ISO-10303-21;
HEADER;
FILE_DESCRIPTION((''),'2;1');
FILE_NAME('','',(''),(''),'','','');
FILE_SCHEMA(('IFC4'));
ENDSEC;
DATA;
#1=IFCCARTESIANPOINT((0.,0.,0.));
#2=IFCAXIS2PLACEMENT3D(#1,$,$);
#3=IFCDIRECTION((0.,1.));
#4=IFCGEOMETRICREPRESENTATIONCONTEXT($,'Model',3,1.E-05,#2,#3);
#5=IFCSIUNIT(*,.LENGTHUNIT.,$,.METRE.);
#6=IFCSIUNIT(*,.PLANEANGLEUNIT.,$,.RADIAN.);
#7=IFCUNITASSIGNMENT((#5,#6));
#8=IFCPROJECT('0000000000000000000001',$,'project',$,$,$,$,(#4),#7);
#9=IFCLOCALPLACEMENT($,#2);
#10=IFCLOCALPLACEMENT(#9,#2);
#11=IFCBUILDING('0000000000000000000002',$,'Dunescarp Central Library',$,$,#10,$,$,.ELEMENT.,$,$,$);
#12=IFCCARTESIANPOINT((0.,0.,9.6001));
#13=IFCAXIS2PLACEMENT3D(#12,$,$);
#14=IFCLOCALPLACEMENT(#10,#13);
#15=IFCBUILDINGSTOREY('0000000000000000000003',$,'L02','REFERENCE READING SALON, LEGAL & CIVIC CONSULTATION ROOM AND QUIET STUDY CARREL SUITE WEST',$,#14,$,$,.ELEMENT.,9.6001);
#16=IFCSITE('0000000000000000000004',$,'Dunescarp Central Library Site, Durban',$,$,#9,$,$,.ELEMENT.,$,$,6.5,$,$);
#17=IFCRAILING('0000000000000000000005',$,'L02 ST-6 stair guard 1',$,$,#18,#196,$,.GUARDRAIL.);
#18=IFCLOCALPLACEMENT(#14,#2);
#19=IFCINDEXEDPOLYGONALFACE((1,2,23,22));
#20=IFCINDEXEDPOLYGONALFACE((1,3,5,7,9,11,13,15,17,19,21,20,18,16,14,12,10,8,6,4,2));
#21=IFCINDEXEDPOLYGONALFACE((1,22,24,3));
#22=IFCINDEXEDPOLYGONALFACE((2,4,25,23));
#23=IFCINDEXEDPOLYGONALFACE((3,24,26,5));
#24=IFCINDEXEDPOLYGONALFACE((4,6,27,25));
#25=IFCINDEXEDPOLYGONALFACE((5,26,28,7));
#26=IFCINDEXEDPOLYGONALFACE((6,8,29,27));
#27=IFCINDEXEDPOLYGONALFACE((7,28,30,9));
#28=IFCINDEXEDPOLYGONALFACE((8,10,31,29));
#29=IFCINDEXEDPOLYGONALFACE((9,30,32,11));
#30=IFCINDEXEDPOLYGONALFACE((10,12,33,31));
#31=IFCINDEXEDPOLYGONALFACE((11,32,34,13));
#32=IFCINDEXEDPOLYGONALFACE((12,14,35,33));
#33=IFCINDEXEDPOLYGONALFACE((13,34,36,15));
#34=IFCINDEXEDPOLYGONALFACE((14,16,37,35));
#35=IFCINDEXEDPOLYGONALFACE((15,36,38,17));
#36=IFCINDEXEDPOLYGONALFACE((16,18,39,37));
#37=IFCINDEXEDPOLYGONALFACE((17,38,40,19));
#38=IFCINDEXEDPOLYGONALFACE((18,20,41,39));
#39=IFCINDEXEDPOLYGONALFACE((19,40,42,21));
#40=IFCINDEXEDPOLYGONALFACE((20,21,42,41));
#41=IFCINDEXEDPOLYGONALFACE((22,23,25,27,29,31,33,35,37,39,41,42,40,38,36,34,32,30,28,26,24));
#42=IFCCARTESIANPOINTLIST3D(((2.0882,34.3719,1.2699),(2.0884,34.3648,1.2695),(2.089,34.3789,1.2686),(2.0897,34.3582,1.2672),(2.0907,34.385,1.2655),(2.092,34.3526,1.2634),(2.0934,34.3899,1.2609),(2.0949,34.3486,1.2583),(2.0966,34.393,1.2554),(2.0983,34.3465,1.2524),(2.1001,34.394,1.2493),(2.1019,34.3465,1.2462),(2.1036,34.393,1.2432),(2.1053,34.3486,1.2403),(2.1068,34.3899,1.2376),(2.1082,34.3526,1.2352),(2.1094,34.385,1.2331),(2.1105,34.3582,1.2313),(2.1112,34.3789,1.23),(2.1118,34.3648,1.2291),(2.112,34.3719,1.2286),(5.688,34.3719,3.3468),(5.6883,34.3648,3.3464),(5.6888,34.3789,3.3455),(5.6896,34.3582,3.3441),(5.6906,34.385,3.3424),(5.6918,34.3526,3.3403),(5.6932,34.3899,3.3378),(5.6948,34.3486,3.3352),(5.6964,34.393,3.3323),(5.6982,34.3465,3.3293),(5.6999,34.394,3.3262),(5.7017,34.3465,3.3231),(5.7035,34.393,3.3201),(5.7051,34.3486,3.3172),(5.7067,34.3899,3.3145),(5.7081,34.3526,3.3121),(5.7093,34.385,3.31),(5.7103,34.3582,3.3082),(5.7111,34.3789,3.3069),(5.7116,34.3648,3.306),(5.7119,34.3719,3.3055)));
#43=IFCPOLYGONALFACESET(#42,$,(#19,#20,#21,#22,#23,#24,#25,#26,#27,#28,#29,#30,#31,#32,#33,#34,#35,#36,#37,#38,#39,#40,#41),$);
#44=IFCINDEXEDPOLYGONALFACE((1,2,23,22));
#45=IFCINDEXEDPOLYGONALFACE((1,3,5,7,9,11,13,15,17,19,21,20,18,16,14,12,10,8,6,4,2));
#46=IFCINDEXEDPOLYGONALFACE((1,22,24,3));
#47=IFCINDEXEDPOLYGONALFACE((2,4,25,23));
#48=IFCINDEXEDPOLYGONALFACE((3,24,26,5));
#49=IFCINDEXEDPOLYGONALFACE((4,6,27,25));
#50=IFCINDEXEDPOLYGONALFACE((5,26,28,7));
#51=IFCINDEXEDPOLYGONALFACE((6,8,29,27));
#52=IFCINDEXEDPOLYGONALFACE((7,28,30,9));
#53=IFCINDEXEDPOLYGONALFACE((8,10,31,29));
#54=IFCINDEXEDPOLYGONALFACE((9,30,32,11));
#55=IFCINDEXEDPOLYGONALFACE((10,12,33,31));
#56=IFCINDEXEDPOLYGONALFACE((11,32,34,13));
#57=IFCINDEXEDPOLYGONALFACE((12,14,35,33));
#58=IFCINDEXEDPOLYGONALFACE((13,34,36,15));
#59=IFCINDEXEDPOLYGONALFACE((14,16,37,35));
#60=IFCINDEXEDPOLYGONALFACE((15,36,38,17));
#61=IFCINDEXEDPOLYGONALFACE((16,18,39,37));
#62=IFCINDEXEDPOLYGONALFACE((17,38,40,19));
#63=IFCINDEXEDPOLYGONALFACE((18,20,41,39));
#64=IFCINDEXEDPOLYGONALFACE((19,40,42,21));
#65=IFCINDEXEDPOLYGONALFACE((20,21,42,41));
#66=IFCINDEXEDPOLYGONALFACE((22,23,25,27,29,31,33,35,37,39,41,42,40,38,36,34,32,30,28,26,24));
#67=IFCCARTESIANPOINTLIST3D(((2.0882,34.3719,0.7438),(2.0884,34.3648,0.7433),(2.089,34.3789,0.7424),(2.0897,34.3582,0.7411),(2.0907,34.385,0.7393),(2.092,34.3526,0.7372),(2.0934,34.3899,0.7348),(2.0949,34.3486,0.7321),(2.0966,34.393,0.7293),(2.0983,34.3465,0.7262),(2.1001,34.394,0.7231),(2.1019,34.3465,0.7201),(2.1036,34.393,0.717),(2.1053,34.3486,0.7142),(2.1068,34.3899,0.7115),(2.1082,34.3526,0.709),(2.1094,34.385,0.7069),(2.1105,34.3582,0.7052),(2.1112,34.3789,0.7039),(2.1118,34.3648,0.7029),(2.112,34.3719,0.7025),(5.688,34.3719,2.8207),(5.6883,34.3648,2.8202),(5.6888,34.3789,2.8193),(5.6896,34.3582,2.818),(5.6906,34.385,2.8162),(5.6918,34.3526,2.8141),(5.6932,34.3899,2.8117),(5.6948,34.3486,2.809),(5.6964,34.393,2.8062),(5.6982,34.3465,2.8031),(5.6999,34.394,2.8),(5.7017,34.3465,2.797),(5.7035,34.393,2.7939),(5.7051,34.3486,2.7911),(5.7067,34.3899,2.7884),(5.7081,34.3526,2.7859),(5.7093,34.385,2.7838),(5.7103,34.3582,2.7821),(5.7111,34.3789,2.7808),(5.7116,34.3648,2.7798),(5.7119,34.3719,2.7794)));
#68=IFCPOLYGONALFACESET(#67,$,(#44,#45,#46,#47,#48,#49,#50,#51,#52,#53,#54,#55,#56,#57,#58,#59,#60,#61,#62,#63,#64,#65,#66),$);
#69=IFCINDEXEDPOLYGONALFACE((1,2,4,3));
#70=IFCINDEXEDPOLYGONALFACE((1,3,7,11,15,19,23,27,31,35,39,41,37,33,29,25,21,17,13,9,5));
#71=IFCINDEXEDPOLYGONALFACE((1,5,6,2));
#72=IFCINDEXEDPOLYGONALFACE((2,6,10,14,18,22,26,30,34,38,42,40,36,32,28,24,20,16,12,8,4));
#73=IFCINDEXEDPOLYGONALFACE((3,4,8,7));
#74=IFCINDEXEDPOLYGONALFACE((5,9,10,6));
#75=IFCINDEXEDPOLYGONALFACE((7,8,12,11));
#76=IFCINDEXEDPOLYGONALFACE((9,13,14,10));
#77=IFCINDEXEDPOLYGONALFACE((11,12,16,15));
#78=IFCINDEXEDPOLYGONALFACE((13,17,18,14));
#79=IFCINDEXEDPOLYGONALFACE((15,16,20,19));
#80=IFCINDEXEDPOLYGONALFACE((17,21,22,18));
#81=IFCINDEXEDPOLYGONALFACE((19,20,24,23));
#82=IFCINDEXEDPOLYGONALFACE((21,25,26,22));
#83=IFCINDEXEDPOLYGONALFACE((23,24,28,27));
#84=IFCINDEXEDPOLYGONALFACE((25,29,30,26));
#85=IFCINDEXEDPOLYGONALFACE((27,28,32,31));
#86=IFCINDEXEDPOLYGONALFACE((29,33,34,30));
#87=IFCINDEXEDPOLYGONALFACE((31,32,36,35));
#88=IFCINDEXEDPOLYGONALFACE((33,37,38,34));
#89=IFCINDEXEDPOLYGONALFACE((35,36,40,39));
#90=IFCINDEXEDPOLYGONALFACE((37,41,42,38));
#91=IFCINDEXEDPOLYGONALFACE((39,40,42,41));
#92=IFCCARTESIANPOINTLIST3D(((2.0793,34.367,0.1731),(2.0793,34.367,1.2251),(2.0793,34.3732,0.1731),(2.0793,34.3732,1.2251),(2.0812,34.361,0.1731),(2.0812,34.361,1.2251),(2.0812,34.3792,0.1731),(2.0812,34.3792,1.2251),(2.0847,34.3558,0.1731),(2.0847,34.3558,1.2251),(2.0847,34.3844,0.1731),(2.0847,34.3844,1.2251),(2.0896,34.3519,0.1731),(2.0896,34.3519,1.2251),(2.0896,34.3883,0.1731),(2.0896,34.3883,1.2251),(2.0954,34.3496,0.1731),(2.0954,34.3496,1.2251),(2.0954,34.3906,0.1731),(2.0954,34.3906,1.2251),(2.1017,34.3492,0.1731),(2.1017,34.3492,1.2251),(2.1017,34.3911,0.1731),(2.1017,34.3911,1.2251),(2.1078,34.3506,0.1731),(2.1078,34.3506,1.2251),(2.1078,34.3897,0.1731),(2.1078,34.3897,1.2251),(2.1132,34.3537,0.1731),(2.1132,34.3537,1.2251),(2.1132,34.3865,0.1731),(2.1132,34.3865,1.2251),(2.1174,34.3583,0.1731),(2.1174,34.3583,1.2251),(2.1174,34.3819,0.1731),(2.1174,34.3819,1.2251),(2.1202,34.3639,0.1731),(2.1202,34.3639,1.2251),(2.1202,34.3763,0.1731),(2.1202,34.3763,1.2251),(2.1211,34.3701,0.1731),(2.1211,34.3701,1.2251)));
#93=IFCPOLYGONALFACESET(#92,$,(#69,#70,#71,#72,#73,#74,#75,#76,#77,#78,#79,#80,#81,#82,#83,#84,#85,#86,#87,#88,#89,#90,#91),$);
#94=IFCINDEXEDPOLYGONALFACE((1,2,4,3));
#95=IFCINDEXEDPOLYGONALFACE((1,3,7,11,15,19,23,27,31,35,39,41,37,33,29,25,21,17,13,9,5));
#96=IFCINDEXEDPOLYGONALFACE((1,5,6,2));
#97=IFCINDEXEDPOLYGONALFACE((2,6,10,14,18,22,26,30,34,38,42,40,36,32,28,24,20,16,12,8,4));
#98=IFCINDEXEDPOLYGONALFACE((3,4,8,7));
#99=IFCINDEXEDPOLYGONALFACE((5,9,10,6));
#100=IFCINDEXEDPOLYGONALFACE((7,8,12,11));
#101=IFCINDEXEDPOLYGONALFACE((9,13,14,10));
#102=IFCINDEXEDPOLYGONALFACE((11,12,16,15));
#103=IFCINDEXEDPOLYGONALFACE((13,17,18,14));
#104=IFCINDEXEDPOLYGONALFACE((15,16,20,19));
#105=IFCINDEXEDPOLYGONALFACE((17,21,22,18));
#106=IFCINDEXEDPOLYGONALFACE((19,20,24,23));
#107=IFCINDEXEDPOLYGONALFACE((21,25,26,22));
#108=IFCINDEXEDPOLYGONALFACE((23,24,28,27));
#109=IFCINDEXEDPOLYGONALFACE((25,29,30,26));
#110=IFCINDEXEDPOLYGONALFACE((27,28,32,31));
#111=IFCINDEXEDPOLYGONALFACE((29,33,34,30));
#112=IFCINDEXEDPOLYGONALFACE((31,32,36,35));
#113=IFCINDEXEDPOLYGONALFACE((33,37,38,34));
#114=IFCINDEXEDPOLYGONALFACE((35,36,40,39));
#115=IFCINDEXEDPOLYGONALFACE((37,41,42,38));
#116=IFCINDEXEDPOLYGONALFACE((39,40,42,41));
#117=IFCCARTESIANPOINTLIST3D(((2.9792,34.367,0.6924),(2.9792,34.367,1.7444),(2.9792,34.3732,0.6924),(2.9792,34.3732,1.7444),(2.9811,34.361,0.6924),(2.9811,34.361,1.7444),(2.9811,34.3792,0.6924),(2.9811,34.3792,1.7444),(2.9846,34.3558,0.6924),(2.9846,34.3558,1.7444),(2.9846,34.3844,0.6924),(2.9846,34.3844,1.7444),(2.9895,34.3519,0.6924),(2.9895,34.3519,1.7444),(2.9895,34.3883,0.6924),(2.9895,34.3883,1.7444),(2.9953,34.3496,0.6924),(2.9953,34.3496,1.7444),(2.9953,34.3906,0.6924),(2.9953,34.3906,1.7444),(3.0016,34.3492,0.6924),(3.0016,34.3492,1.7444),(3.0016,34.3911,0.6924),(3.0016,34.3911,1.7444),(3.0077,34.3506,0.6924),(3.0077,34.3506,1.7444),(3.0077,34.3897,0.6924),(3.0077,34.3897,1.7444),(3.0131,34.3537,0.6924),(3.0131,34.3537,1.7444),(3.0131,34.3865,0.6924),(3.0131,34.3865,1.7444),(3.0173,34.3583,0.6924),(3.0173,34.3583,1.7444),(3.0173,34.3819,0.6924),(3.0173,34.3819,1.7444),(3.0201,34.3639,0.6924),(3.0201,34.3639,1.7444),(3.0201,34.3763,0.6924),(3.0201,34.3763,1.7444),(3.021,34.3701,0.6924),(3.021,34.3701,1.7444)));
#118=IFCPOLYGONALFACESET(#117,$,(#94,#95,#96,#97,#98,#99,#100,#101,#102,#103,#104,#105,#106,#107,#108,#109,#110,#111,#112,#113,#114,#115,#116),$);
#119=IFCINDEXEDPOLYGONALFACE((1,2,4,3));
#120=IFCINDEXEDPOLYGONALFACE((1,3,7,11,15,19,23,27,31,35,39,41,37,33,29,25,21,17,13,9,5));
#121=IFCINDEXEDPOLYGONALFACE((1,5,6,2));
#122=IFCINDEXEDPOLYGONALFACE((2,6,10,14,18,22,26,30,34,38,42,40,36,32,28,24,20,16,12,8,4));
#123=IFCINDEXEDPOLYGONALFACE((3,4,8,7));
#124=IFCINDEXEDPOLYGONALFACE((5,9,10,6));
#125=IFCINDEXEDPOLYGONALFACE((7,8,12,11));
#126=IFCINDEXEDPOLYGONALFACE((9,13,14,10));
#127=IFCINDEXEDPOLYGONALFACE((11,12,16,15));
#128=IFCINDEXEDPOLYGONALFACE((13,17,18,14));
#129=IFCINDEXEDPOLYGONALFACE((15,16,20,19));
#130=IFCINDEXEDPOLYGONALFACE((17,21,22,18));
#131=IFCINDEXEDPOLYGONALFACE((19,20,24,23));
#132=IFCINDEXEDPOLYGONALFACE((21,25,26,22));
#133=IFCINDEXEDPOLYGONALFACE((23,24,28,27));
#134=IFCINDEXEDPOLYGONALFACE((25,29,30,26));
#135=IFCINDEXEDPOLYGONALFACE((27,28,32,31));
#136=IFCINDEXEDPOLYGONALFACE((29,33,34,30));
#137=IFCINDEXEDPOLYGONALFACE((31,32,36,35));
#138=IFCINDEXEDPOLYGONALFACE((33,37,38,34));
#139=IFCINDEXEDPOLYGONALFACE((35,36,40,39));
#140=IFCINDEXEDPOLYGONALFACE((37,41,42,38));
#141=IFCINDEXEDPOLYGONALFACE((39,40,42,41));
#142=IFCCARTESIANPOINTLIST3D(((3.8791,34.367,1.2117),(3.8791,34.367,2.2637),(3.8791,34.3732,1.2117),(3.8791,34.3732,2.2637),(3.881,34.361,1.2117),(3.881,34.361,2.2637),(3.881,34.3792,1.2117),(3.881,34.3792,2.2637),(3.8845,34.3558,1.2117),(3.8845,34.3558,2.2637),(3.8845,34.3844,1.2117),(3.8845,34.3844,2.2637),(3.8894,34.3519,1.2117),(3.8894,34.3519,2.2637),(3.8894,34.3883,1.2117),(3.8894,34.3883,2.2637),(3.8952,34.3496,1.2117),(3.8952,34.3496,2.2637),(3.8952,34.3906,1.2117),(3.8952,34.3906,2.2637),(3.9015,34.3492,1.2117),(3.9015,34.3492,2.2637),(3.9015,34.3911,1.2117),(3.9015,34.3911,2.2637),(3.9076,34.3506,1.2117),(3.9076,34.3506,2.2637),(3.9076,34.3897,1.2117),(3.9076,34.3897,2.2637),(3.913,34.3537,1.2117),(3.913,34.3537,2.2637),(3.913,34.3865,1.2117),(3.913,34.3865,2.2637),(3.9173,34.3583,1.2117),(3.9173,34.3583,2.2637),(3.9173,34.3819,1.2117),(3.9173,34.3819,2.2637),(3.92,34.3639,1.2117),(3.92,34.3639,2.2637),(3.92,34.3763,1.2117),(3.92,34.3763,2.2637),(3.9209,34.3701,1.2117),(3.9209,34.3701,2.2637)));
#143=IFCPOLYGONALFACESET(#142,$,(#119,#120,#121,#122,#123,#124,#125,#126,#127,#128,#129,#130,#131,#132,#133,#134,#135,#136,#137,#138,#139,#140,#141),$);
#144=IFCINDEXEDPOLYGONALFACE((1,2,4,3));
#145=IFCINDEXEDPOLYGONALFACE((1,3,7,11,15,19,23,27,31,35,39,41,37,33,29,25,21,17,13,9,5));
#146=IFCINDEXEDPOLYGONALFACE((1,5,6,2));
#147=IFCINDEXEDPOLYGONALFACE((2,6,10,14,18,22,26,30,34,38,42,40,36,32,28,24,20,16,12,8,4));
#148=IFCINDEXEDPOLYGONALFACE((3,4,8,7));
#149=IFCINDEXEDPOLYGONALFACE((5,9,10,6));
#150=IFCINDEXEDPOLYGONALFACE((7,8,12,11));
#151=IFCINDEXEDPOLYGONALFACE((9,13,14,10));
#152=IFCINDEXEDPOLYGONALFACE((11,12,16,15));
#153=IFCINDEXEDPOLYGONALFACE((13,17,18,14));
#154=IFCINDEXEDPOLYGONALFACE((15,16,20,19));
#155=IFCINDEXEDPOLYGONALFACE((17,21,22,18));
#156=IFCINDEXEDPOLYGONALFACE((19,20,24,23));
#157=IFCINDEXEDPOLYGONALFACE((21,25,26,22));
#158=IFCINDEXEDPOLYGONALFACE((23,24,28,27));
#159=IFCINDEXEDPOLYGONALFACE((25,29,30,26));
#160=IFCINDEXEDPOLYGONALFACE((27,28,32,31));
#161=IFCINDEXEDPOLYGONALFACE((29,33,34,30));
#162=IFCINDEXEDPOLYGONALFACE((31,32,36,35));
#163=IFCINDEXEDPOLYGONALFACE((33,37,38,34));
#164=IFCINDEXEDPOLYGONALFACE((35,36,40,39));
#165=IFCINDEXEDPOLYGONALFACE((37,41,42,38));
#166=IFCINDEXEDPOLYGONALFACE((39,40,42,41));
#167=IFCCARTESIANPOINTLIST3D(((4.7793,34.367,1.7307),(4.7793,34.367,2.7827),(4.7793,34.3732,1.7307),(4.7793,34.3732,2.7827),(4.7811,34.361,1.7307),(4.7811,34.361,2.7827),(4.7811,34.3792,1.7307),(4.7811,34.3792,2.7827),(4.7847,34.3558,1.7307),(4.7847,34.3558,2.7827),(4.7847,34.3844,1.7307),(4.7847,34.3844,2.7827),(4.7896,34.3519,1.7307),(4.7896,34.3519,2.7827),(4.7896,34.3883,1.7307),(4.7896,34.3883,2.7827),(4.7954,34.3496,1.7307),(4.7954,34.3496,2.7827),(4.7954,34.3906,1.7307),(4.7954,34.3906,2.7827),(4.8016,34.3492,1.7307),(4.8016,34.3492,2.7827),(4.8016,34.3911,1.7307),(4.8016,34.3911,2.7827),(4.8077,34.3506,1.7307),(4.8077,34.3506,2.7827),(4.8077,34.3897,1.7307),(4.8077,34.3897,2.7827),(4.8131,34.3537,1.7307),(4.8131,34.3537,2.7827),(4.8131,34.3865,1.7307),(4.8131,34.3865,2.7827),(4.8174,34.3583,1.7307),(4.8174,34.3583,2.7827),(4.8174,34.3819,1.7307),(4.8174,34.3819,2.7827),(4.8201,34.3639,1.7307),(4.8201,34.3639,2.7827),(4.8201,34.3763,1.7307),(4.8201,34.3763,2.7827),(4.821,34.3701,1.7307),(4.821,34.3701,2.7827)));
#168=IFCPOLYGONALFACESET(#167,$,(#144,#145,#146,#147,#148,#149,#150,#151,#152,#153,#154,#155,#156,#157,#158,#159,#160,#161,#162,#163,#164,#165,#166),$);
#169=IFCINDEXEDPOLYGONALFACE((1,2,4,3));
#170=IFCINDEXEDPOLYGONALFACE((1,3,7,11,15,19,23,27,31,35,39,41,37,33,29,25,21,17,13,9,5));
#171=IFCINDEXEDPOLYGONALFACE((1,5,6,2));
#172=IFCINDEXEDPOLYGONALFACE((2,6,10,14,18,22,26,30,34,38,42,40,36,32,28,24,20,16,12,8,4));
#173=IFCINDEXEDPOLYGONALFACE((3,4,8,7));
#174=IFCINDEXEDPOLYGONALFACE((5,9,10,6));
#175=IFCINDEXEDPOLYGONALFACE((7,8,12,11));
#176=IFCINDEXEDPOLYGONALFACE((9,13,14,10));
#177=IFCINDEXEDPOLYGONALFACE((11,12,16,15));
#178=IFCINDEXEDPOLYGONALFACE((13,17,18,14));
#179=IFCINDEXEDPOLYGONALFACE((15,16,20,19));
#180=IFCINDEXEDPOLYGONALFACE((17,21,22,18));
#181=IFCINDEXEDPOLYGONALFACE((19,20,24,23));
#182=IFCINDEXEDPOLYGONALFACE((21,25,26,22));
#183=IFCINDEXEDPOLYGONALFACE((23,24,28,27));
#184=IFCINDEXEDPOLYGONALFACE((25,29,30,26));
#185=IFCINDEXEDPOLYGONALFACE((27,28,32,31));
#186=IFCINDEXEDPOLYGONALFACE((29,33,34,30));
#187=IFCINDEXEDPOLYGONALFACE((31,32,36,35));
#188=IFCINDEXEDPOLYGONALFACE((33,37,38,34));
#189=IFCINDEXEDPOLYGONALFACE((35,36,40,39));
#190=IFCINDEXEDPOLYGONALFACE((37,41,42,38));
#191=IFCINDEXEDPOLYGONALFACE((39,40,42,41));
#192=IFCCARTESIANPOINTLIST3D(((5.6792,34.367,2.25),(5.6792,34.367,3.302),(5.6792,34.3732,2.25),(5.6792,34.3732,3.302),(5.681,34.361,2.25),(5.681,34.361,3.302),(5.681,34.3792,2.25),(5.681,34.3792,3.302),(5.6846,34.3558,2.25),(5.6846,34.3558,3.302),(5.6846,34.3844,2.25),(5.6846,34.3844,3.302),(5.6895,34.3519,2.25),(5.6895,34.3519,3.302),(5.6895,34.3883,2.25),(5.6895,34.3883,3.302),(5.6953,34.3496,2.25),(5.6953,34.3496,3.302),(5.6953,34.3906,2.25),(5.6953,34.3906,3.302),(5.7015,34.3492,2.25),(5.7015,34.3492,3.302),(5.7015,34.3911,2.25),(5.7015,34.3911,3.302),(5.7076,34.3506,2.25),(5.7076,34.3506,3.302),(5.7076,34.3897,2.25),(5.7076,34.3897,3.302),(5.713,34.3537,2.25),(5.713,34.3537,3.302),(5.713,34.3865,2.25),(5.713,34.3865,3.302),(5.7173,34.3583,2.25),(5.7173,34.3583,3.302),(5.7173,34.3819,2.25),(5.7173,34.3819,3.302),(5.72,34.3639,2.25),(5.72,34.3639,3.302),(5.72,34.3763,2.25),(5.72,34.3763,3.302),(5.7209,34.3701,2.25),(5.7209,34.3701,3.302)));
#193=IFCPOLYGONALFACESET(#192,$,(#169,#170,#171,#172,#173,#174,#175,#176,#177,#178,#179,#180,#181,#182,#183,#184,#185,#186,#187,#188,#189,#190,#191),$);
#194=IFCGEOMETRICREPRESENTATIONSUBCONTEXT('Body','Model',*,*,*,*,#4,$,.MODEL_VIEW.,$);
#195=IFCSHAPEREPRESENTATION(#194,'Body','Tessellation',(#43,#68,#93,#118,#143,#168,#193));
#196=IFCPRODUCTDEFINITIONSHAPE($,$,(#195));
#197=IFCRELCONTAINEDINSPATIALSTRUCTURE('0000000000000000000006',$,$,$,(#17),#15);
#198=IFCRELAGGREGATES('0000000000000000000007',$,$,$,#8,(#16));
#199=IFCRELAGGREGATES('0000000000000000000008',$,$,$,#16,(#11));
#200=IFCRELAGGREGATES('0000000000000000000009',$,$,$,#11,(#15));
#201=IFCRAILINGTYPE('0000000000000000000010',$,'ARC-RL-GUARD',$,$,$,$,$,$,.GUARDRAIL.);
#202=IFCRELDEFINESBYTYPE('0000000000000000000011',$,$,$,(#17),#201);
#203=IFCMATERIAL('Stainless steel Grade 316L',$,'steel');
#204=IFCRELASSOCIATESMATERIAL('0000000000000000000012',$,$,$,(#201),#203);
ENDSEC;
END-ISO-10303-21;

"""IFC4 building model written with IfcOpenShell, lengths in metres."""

from ifc_helpers import new_model, si_unit, direction, frame, origin, origin_2d, place, context, subcontext, project, spatial, circle, extrude, material, type_object, element, save


model = new_model("IFC4")

# Units and contexts
model_context = context("Model", 3, precision=1e-05, world=origin(), true_north=direction((0.0, 1.0)))
body_context = subcontext(model_context, "Body", "Model", "MODEL_VIEW")
ifc_project = project(units=[si_unit("LENGTHUNIT", "METRE"), si_unit("PLANEANGLEUNIT", "RADIAN")], contexts=[model_context])

# Site, building, storey
site_placement = place(None, origin())
site = spatial("IfcSite", under=ifc_project, at=site_placement, Name="Dunescarp Central Library Site, Durban", CompositionType="ELEMENT", RefElevation=6.5)
building_placement = place(site_placement, origin())
building = spatial("IfcBuilding", under=site, at=building_placement, Name="Dunescarp Central Library", CompositionType="ELEMENT")
storey_placement = place(building_placement, frame((0.0, 0.0, 9.6001)))
storey = spatial("IfcBuildingStorey", under=building, at=storey_placement, Name="L02", Description="REFERENCE READING SALON, LEGAL & CIVIC CONSULTATION ROOM AND QUIET STUDY CARREL SUITE WEST", CompositionType="ELEMENT", Elevation=9.6001)

# Railing
ifc_material_1 = material(Name="Stainless steel Grade 316L", Category="steel")
railing_type_1 = type_object("IfcRailingType", Name="ARC-RL-GUARD", PredefinedType="GUARDRAIL", material=ifc_material_1)
railing_1_placement = place(storey_placement, frame((2.1001, 34.3701, 0.1731)))
element("IfcRailing", 1, at=railing_1_placement, inside=storey, type_object=railing_type_1, Name="L02 ST-6 stair guard 1", PredefinedType="GUARDRAIL", context=body_context, shape_type="SweptSolid", body=[
    extrude(circle(Radius=0.0239, at=origin_2d()), frame((0.0, 0.0, 1.0762), z_axis=(0.866179, 0.0, 0.499734), x_axis=(0.0, 1.0, 0.0)), (0.0, 0.0, 1.0), 4.156),
    extrude(circle(Radius=0.0239, at=origin_2d()), frame((0.0, 0.0, 0.55), z_axis=(0.866179, 0.0, 0.499734), x_axis=(0.0, 1.0, 0.0)), (0.0, 0.0, 1.0), 4.156),
    extrude(circle(Radius=0.021, at=origin_2d()), origin(), (0.0, 0.0, 1.0), 1.052),
    extrude(circle(Radius=0.021, at=origin_2d()), frame((0.8999, 0.0, 0.5193)), (0.0, 0.0, 1.0), 1.052),
    extrude(circle(Radius=0.021, at=origin_2d()), frame((1.7998, 0.0, 1.0386)), (0.0, 0.0, 1.0), 1.052),
    extrude(circle(Radius=0.021, at=origin_2d()), frame((2.7, 0.0, 1.5576)), (0.0, 0.0, 1.0), 1.052),
    extrude(circle(Radius=0.021, at=origin_2d()), frame((3.5999, 0.0, 2.0769)), (0.0, 0.0, 1.0), 1.052),
])

save(model, "model.ifc")
